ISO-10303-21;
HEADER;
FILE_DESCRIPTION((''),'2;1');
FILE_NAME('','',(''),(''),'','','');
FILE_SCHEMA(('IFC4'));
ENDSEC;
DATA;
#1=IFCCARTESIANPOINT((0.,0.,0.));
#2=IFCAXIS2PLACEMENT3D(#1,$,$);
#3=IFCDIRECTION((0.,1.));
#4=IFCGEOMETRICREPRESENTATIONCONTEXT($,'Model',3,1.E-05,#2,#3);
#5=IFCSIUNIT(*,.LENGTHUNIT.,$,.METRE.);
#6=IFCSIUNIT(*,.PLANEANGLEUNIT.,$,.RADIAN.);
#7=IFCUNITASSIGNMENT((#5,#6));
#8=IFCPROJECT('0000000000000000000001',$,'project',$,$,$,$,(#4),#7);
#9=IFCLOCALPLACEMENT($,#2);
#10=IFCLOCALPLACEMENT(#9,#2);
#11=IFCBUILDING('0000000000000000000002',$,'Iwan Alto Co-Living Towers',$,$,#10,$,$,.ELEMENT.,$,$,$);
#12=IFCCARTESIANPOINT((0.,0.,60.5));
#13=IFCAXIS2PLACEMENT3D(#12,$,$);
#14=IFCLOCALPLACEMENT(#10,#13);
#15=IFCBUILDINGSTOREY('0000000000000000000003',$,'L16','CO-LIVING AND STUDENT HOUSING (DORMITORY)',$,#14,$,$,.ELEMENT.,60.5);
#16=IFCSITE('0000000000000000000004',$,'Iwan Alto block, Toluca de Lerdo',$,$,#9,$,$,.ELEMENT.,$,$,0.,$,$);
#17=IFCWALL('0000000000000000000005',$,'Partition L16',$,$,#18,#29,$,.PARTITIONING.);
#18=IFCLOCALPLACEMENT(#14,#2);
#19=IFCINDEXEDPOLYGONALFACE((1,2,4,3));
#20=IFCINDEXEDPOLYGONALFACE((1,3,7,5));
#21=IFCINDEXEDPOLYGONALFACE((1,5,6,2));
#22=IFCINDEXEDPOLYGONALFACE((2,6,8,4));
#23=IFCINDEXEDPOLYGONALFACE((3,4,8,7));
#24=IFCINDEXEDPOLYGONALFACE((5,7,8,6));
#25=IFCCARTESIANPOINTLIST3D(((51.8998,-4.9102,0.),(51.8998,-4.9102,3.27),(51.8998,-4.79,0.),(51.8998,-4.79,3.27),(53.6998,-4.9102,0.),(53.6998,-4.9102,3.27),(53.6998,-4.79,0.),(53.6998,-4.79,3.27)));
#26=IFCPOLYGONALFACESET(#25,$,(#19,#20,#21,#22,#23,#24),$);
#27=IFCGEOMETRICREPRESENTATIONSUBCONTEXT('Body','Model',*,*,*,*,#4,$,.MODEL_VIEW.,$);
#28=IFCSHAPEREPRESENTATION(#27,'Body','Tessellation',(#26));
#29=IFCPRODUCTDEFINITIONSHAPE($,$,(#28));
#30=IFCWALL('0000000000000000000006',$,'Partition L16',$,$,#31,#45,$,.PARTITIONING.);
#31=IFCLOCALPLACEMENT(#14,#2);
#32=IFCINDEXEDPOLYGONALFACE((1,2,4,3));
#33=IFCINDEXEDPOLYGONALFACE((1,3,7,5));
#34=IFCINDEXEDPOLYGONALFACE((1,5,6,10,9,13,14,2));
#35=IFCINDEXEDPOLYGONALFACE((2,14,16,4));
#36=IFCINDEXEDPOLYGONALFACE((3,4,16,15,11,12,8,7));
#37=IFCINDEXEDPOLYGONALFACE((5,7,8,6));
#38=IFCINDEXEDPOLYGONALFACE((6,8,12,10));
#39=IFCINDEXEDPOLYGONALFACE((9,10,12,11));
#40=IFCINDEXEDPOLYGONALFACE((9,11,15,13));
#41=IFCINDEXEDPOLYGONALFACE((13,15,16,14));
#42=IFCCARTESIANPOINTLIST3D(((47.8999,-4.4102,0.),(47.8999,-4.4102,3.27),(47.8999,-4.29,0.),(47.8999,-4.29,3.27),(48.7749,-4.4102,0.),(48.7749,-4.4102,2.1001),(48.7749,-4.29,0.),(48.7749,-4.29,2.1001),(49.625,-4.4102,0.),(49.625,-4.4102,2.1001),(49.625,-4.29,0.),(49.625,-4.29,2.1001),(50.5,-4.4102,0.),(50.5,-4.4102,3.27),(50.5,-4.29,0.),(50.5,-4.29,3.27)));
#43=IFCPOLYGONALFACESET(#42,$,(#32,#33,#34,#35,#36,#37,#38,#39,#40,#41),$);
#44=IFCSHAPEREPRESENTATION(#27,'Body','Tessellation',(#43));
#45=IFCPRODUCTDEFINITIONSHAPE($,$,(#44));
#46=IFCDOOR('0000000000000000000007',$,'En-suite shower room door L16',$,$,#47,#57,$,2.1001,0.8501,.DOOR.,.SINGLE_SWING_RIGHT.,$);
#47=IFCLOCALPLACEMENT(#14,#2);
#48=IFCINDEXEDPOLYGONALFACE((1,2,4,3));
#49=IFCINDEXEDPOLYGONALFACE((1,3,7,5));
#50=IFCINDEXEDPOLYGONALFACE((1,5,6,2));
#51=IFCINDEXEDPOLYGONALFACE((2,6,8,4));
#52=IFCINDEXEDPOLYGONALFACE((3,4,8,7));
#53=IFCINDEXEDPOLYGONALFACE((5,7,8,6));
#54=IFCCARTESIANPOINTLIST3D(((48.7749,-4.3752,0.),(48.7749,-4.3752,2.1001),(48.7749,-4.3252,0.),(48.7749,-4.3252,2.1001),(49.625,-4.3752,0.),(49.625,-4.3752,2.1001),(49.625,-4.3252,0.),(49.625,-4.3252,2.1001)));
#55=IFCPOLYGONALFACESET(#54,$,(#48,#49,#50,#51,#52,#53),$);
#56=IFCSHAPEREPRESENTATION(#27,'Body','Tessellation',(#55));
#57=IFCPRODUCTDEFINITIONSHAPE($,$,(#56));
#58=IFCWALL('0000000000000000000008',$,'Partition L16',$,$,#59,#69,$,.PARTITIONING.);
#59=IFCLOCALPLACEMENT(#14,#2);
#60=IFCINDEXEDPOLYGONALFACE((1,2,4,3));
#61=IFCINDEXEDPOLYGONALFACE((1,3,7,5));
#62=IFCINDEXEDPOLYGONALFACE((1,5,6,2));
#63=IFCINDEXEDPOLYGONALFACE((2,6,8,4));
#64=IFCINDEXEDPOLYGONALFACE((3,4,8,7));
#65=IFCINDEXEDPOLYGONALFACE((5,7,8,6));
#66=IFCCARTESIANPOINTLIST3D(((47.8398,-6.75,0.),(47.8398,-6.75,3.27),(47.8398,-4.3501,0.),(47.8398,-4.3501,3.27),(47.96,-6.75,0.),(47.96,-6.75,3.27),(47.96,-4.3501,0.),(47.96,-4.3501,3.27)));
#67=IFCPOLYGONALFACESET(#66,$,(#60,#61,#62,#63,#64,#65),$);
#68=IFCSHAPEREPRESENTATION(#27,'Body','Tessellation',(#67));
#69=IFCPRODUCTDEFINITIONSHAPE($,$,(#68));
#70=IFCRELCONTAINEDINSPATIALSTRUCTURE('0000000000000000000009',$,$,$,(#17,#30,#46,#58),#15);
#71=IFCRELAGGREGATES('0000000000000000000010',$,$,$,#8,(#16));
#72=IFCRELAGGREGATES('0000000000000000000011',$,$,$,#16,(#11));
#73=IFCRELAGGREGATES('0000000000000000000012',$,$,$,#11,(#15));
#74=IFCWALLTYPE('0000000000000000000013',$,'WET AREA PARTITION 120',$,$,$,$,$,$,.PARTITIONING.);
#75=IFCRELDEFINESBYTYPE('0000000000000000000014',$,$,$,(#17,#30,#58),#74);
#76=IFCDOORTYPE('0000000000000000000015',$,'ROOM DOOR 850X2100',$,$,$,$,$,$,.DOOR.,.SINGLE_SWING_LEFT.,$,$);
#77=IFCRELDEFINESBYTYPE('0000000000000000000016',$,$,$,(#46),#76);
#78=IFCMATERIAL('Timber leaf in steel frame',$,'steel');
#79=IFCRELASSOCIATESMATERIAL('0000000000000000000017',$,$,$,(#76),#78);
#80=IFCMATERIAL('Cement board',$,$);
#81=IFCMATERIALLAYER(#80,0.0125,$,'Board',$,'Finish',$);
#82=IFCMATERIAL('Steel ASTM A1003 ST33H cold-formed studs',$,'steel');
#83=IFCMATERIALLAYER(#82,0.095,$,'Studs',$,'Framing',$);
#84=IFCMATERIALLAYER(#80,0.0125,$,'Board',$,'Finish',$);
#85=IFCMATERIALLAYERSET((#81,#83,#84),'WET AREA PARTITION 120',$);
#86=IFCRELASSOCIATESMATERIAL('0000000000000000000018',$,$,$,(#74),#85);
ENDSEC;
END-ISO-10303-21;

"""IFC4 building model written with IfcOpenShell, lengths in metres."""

from ifc_helpers import new_model, si_unit, direction, frame, frame_2d, origin, place, context, subcontext, project, spatial, rectangle, extrude, material, layer, layer_set, type_object, element, fill, save


model = new_model("IFC4")

# Units and contexts
model_context = context("Model", 3, precision=1e-05, world=origin(), true_north=direction((0.0, 1.0)))
body_context = subcontext(model_context, "Body", "Model", "MODEL_VIEW")
ifc_project = project(units=[si_unit("LENGTHUNIT", "METRE"), si_unit("PLANEANGLEUNIT", "RADIAN")], contexts=[model_context])

# Site, building, storey
site_placement = place(None, origin())
site = spatial("IfcSite", under=ifc_project, at=site_placement, Name="Iwan Alto block, Toluca de Lerdo", CompositionType="ELEMENT", RefElevation=0.0)
building_placement = place(site_placement, origin())
building = spatial("IfcBuilding", under=site, at=building_placement, Name="Iwan Alto Co-Living Towers", CompositionType="ELEMENT")
storey_placement = place(building_placement, frame((0.0, 0.0, 60.5)))
storey = spatial("IfcBuildingStorey", under=building, at=storey_placement, Name="L16", Description="CO-LIVING AND STUDENT HOUSING (DORMITORY)", CompositionType="ELEMENT", Elevation=60.5)

# Shared definitions
ifc_material_1 = material(Name="Steel ASTM A1003 ST33H cold-formed studs", Category="steel")

# Shared definitions
ifc_material_2 = material(Name="Timber leaf in steel frame", Category="steel")
door_type_1 = type_object("IfcDoorType", Name="ROOM DOOR 850X2100", OperationType="SINGLE_SWING_LEFT", PredefinedType="DOOR", material=ifc_material_2)

# Wall
ifc_material_3 = material(Name="Cement board")
ifc_layer_1 = layer(ifc_material_3, 0.0125, Name="Board", Category="Finish")
ifc_layer_2 = layer(ifc_material_1, 0.095, Name="Studs", Category="Framing")
ifc_layer_3 = layer(ifc_material_3, 0.0125, Name="Board", Category="Finish")
ifc_layer_set_1 = layer_set([ifc_layer_1, ifc_layer_2, ifc_layer_3], Name="WET AREA PARTITION 120")
wall_type_1 = type_object("IfcWallType", Name="WET AREA PARTITION 120", PredefinedType="PARTITIONING", material=ifc_layer_set_1)
wall_1_placement = place(storey_placement, frame((51.8999, -4.8501, 0.0), z_axis=(0.0, 0.0, 1.0), x_axis=(1.0, 0.0, 0.0)))
element("IfcWall", 1, at=wall_1_placement, inside=storey, type_object=wall_type_1, Name="Partition L16", PredefinedType="PARTITIONING", context=body_context, shape_type="SweptSolid", body=[
    extrude(rectangle(XDim=1.8, YDim=0.1201, at=frame_2d((0.8999, 0.0))), origin(), (0.0, 0.0, 1.0), 3.27),
])

# Wall, opening, door
wall_2_placement = place(storey_placement, frame((47.8999, -4.3501, 0.0), z_axis=(0.0, 0.0, 1.0), x_axis=(1.0, 0.0, 0.0)))
wall_2 = element("IfcWall", 2, at=wall_2_placement, inside=storey, type_object=wall_type_1, Name="Partition L16", PredefinedType="PARTITIONING", context=body_context, shape_type="SweptSolid", body=[
    extrude(rectangle(XDim=2.6001, YDim=0.1201, at=frame_2d((1.3, 0.0))), origin(), (0.0, 0.0, 1.0), 3.27),
])
opening_1_placement = place(wall_2_placement, frame((0.875, 0.0, 0.0)))
opening_1 = element("IfcOpeningElement", 3, at=opening_1_placement, cuts=wall_2, PredefinedType="OPENING", context=body_context, shape_type="SweptSolid", body=[
    extrude(rectangle(XDim=0.8501, YDim=2.1001, at=frame_2d((0.425, 1.05))), frame((0.0, 0.0701, 0.0), z_axis=(0.0, -1.0, 0.0), x_axis=(1.0, 0.0, 0.0)), (0.0, 0.0, 1.0), 0.1401),
])
door_1_placement = place(opening_1_placement, origin())
door_1 = element("IfcDoor", 4, at=door_1_placement, inside=storey, type_object=door_type_1, Name="En-suite shower room door L16", OperationType="SINGLE_SWING_RIGHT", OverallHeight=2.1001, OverallWidth=0.8501, PredefinedType="DOOR", context=body_context, shape_type="SweptSolid", body=[
    extrude(rectangle(XDim=0.8501, YDim=2.1001, at=frame_2d((0.425, 1.05))), frame((0.0, 0.0249, 0.0), z_axis=(0.0, -1.0, 0.0), x_axis=(1.0, 0.0, 0.0)), (0.0, 0.0, 1.0), 0.05),
])
fill(opening_1, door_1)

# Wall
wall_3_placement = place(storey_placement, frame((47.8999, -6.75, 0.0), z_axis=(0.0, 0.0, 1.0), x_axis=(0.0, 1.0, 0.0)))
element("IfcWall", 5, at=wall_3_placement, inside=storey, type_object=wall_type_1, Name="Partition L16", PredefinedType="PARTITIONING", context=body_context, shape_type="SweptSolid", body=[
    extrude(rectangle(XDim=2.3999, YDim=0.1201, at=frame_2d((1.2, 0.0))), origin(), (0.0, 0.0, 1.0), 3.27),
])

save(model, "model.ifc")
